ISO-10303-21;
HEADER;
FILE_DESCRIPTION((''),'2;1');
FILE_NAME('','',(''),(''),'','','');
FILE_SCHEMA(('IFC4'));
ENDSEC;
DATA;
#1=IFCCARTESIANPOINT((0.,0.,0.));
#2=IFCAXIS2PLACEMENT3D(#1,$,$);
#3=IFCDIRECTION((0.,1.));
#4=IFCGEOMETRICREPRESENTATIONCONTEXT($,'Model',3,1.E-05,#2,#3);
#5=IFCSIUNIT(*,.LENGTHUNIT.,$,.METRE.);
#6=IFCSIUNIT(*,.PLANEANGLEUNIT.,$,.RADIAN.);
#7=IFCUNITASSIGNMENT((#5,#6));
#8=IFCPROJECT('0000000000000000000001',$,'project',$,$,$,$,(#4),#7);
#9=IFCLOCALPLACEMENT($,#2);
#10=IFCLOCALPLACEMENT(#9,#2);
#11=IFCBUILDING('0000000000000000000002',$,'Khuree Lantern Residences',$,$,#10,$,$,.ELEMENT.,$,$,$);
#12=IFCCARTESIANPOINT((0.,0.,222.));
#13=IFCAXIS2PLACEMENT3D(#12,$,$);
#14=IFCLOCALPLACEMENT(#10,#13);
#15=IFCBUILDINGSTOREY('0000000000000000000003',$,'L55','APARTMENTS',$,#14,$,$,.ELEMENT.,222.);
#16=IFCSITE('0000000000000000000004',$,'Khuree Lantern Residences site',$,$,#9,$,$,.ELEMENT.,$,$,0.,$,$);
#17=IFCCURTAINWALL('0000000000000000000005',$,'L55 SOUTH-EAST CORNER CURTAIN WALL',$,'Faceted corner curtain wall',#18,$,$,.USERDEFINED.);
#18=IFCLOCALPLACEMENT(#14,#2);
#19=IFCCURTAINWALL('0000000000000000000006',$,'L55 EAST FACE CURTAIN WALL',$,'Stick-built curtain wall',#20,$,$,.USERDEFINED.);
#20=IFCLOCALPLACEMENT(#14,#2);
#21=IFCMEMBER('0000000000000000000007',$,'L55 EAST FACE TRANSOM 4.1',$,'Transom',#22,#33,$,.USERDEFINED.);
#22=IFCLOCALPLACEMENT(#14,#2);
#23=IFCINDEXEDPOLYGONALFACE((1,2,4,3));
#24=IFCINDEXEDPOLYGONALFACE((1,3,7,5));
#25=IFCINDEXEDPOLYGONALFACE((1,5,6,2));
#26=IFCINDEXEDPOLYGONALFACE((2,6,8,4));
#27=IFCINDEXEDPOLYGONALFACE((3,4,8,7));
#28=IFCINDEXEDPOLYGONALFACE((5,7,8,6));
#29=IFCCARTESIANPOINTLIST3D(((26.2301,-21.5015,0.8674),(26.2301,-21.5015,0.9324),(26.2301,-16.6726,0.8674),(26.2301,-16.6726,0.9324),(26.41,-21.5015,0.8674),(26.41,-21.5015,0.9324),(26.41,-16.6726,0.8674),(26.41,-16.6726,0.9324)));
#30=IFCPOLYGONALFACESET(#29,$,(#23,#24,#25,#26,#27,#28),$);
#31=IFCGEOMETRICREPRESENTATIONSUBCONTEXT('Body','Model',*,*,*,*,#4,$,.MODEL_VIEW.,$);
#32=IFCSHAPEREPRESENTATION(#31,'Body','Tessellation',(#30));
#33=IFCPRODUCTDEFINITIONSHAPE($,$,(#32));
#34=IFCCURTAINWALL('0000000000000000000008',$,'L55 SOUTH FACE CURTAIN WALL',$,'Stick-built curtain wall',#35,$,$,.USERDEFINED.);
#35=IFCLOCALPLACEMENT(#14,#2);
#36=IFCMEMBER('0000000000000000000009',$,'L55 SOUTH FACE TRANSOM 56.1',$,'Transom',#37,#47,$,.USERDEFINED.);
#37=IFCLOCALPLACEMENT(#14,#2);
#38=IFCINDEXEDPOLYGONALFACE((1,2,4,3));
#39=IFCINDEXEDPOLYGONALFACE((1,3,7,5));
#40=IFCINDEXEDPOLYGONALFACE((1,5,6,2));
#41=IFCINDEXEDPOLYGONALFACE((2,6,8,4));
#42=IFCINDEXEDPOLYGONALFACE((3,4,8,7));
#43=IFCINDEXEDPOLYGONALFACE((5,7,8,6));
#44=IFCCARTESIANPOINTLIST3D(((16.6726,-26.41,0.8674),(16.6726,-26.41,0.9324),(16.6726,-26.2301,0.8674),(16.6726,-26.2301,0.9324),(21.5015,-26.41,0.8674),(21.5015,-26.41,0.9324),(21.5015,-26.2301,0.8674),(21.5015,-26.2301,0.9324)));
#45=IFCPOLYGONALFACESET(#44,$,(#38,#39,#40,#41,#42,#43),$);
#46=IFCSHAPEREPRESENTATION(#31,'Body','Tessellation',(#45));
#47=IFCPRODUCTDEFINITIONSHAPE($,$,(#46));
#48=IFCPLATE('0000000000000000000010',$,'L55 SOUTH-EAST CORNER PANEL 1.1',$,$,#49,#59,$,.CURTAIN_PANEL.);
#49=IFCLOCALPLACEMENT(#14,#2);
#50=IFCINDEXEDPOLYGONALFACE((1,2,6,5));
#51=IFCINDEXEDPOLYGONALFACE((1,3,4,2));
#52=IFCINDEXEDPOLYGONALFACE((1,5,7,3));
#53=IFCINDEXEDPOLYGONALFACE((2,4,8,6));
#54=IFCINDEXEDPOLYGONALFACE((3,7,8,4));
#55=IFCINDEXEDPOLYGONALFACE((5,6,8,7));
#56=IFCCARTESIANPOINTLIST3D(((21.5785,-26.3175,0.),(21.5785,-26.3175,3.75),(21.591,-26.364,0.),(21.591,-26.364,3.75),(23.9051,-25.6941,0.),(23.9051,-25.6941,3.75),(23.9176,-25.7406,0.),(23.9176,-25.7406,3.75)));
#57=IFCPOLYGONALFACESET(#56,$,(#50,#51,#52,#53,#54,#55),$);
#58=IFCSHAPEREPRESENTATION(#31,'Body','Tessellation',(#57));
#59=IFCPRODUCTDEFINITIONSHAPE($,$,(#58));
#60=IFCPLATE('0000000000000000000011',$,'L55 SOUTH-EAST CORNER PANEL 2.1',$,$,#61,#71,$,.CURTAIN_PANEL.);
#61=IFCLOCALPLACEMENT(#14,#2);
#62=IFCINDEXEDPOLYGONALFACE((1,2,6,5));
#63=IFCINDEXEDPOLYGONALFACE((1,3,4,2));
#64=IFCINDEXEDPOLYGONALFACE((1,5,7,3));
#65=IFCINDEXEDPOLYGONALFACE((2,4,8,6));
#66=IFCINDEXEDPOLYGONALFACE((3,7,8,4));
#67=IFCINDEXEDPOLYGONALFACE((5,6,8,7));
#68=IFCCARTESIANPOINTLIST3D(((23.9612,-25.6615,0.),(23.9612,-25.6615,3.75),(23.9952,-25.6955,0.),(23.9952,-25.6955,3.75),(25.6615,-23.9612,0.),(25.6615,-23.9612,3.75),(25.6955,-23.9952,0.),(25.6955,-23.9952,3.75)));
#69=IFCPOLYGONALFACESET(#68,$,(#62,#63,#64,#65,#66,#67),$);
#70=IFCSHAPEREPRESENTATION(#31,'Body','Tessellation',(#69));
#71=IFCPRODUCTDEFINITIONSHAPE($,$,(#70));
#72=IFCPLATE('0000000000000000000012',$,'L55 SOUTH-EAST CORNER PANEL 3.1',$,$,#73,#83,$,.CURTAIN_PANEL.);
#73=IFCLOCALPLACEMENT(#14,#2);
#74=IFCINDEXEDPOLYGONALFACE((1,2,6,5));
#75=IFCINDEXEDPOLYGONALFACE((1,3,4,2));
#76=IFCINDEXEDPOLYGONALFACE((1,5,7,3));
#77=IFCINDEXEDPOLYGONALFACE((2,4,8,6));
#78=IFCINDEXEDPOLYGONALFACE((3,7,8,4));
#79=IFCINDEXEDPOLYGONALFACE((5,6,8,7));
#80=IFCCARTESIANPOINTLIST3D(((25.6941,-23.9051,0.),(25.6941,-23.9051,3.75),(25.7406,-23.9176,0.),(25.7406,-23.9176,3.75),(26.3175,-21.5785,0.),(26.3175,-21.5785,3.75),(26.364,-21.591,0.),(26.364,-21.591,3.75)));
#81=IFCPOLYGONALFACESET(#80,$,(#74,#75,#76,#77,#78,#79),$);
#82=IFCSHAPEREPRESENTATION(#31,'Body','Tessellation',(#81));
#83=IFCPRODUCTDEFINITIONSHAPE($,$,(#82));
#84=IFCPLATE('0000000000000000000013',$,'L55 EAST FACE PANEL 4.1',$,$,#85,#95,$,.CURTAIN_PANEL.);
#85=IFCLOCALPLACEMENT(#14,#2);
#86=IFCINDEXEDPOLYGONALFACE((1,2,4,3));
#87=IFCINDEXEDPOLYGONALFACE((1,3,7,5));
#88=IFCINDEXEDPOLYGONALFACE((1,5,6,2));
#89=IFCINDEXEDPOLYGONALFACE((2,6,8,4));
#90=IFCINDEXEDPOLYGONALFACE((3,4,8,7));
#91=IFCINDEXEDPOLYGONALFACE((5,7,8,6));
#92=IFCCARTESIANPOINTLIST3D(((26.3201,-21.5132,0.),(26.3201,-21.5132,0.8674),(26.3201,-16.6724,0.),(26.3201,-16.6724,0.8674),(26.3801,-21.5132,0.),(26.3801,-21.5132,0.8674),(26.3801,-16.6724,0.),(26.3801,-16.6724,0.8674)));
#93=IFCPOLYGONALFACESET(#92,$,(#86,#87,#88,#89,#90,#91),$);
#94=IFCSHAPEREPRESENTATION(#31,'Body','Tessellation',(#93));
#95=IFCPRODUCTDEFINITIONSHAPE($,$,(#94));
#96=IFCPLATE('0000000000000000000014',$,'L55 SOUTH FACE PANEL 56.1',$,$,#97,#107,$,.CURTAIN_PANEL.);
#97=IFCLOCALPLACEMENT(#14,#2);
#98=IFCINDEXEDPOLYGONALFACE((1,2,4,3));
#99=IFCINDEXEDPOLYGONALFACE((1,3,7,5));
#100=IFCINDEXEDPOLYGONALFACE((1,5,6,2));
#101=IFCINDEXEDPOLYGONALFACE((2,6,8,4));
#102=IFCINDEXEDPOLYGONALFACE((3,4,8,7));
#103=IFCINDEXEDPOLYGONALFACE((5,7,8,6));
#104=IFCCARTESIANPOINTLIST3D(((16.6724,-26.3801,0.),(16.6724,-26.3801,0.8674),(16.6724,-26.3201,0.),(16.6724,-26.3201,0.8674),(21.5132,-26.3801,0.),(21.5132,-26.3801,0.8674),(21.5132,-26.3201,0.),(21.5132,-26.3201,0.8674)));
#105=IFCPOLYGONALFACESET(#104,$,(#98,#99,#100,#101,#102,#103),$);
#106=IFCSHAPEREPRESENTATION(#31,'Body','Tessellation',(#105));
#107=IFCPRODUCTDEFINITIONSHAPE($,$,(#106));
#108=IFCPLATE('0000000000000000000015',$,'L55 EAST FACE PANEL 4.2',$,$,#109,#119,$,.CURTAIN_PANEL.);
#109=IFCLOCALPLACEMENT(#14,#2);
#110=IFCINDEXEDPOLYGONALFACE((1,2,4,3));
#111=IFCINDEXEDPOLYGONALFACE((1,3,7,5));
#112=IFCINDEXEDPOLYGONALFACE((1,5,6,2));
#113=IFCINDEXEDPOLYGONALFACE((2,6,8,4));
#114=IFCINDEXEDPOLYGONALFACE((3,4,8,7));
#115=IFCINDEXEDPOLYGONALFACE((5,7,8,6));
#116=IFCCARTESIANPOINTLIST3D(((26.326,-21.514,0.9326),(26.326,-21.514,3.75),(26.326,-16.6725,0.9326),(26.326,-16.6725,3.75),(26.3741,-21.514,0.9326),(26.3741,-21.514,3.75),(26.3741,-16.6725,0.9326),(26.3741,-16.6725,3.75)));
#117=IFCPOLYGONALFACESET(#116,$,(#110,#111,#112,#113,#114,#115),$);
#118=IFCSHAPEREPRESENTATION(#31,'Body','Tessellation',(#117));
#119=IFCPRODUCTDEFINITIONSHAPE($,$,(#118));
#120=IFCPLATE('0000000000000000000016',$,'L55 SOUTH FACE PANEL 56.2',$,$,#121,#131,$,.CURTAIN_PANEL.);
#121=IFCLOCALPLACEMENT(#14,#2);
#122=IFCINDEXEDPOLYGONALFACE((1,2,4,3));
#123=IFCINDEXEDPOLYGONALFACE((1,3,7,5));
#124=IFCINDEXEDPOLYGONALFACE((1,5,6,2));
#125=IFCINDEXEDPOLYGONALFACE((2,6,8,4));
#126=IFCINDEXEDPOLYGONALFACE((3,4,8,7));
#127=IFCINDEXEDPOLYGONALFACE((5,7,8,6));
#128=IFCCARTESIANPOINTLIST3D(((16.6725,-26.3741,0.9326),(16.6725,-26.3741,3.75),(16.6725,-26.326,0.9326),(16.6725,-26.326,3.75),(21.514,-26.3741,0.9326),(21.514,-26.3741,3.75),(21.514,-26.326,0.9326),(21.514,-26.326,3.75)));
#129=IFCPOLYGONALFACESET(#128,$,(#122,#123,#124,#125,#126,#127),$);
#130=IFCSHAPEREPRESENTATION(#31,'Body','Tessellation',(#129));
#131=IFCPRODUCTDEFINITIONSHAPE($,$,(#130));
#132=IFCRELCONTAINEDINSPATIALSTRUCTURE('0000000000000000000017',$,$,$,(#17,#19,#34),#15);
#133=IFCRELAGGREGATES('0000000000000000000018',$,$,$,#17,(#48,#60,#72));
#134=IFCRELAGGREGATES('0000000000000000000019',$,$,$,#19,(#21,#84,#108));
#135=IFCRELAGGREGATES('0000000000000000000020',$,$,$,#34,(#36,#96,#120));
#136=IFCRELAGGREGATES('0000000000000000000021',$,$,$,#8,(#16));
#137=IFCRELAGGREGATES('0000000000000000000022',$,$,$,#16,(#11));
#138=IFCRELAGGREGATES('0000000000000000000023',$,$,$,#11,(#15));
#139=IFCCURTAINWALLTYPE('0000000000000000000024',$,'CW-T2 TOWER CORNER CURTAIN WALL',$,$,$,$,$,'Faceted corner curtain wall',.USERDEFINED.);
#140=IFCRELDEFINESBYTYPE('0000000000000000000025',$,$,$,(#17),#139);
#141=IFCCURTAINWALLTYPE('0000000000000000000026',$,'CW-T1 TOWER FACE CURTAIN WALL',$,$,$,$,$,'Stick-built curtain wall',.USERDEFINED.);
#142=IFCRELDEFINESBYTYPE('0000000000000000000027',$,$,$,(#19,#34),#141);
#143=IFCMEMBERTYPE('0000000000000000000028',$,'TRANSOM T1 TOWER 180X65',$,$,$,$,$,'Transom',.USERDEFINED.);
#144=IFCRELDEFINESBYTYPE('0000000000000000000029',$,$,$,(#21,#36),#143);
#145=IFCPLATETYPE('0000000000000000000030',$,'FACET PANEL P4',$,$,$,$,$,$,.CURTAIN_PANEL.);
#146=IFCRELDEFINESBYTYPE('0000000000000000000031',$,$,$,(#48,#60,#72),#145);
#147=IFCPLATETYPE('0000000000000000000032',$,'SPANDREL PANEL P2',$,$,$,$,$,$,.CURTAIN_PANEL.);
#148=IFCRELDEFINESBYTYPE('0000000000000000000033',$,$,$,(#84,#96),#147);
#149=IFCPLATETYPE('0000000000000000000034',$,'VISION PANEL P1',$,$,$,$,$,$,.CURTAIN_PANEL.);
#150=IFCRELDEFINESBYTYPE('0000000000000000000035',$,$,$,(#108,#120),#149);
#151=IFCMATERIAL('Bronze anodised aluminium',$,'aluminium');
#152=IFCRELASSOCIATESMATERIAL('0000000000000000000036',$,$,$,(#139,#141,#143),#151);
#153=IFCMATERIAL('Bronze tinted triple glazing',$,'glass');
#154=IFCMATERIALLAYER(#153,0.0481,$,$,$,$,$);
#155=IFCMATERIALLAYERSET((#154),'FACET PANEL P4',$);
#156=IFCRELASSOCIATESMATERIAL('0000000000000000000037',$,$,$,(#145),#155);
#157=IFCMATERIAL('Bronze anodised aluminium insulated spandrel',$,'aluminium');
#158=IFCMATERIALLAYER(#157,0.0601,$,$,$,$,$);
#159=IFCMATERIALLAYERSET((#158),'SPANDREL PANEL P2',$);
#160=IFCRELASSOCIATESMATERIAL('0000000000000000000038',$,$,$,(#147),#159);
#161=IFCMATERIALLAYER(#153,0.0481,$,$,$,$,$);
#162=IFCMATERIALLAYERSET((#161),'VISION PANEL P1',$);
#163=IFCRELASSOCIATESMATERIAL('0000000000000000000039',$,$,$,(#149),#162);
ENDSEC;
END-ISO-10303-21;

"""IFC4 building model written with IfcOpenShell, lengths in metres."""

from ifc_helpers import new_model, si_unit, direction, frame, origin, origin_2d, place, context, subcontext, project, spatial, rectangle, extrude, material, layer, layer_set, material_profile, profile_set, type_object, element, aggregate, save


model = new_model("IFC4")

# Units and contexts
model_context = context("Model", 3, precision=1e-05, world=origin(), true_north=direction((0.0, 1.0)))
body_context = subcontext(model_context, "Body", "Model", "MODEL_VIEW")
ifc_project = project(units=[si_unit("LENGTHUNIT", "METRE"), si_unit("PLANEANGLEUNIT", "RADIAN")], contexts=[model_context])

# Site, building, storey
site_placement = place(None, origin())
site = spatial("IfcSite", under=ifc_project, at=site_placement, Name="Khuree Lantern Residences site", CompositionType="ELEMENT", RefElevation=0.0)
building_placement = place(site_placement, origin())
building = spatial("IfcBuilding", under=site, at=building_placement, Name="Khuree Lantern Residences", CompositionType="ELEMENT")
storey_placement = place(building_placement, frame((0.0, 0.0, 222.0)))
storey = spatial("IfcBuildingStorey", under=building, at=storey_placement, Name="L55", Description="APARTMENTS", CompositionType="ELEMENT", Elevation=222.0)

# Curtain wall
ifc_material_1 = material(Name="Bronze anodised aluminium", Category="aluminium")
curtain_wall_type_1 = type_object("IfcCurtainWallType", Name="CW-T2 TOWER CORNER CURTAIN WALL", ElementType="Faceted corner curtain wall", PredefinedType="USERDEFINED", material=ifc_material_1)
curtain_wall_1_placement = place(storey_placement, origin())
curtain_wall_1 = element("IfcCurtainWall", 1, at=curtain_wall_1_placement, inside=storey, type_object=curtain_wall_type_1, Name="L55 SOUTH-EAST CORNER CURTAIN WALL", ObjectType="Faceted corner curtain wall", PredefinedType="USERDEFINED")

# Curtain wall, member
curtain_wall_type_2 = type_object("IfcCurtainWallType", Name="CW-T1 TOWER FACE CURTAIN WALL", ElementType="Stick-built curtain wall", PredefinedType="USERDEFINED", material=ifc_material_1)
curtain_wall_2_placement = place(storey_placement, origin())
curtain_wall_2 = element("IfcCurtainWall", 2, at=curtain_wall_2_placement, inside=storey, type_object=curtain_wall_type_2, Name="L55 EAST FACE CURTAIN WALL", ObjectType="Stick-built curtain wall", PredefinedType="USERDEFINED")
ifc_material_profile_1 = material_profile(ifc_material_1, rectangle(XDim=0.1799, YDim=0.0649, at=origin_2d()), Name="T1 180X65")
ifc_profile_set_1 = profile_set([ifc_material_profile_1], Name="Bronze anodised aluminium")
member_type_1 = type_object("IfcMemberType", Name="TRANSOM T1 TOWER 180X65", ElementType="Transom", PredefinedType="USERDEFINED", material=ifc_profile_set_1)
member_1_placement = place(storey_placement, frame((26.3201, -21.5015, 0.8999), z_axis=(0.0, 1.0, 0.0), x_axis=(-1.0, 0.0, 0.0)))
member_1 = element("IfcMember", 3, at=member_1_placement, type_object=member_type_1, Name="L55 EAST FACE TRANSOM 4.1", ObjectType="Transom", PredefinedType="USERDEFINED", context=body_context, shape_type="SweptSolid", body=[
    extrude(rectangle(XDim=0.1799, YDim=0.0649, at=origin_2d()), origin(), (0.0, 0.0, 1.0), 4.8289),
])

# Curtain wall, member
curtain_wall_3_placement = place(storey_placement, origin())
curtain_wall_3 = element("IfcCurtainWall", 4, at=curtain_wall_3_placement, inside=storey, type_object=curtain_wall_type_2, Name="L55 SOUTH FACE CURTAIN WALL", ObjectType="Stick-built curtain wall", PredefinedType="USERDEFINED")
member_2_placement = place(storey_placement, frame((16.6726, -26.3201, 0.8999), z_axis=(1.0, 0.0, 0.0), x_axis=(0.0, 1.0, 0.0)))
member_2 = element("IfcMember", 5, at=member_2_placement, type_object=member_type_1, Name="L55 SOUTH FACE TRANSOM 56.1", ObjectType="Transom", PredefinedType="USERDEFINED", context=body_context, shape_type="SweptSolid", body=[
    extrude(rectangle(XDim=0.1799, YDim=0.0649, at=origin_2d()), origin(), (0.0, 0.0, 1.0), 4.8289),
])

# Plates
ifc_material_2 = material(Name="Bronze tinted triple glazing", Category="glass")
ifc_layer_1 = layer(ifc_material_2, 0.0481)
ifc_layer_set_1 = layer_set([ifc_layer_1], Name="FACET PANEL P4")
plate_type_1 = type_object("IfcPlateType", Name="FACET PANEL P4", PredefinedType="CURTAIN_PANEL", material=ifc_layer_set_1)
plate_1_placement = place(storey_placement, frame((22.748, -26.0291, 0.0), z_axis=(0.0, 0.0, 1.0), x_axis=(0.965926, 0.258819, 0.0)))
plate_1 = element("IfcPlate", 6, at=plate_1_placement, type_object=plate_type_1, Name="L55 SOUTH-EAST CORNER PANEL 1.1", PredefinedType="CURTAIN_PANEL", context=body_context, shape_type="SweptSolid", body=[
    extrude(rectangle(XDim=2.4087, YDim=0.0481, at=origin_2d()), origin(), (0.0, 0.0, 1.0), 3.75),
])
plate_2_placement = place(storey_placement, frame((24.8284, -24.8284, 0.0), z_axis=(0.0, 0.0, 1.0), x_axis=(0.707107, 0.707107, 0.0)))
plate_2 = element("IfcPlate", 7, at=plate_2_placement, type_object=plate_type_1, Name="L55 SOUTH-EAST CORNER PANEL 2.1", PredefinedType="CURTAIN_PANEL", context=body_context, shape_type="SweptSolid", body=[
    extrude(rectangle(XDim=2.4045, YDim=0.0481, at=origin_2d()), origin(), (0.0, 0.0, 1.0), 3.75),
])
plate_3_placement = place(storey_placement, frame((26.0291, -22.748, 0.0), z_axis=(0.0, 0.0, 1.0), x_axis=(0.258819, 0.965926, 0.0)))
plate_3 = element("IfcPlate", 8, at=plate_3_placement, type_object=plate_type_1, Name="L55 SOUTH-EAST CORNER PANEL 3.1", PredefinedType="CURTAIN_PANEL", context=body_context, shape_type="SweptSolid", body=[
    extrude(rectangle(XDim=2.4087, YDim=0.0481, at=origin_2d()), origin(), (0.0, 0.0, 1.0), 3.75),
])
aggregate(curtain_wall_1, [plate_1, plate_2, plate_3])
ifc_material_3 = material(Name="Bronze anodised aluminium insulated spandrel", Category="aluminium")
ifc_layer_2 = layer(ifc_material_3, 0.0601)
ifc_layer_set_2 = layer_set([ifc_layer_2], Name="SPANDREL PANEL P2")
plate_type_2 = type_object("IfcPlateType", Name="SPANDREL PANEL P2", PredefinedType="CURTAIN_PANEL", material=ifc_layer_set_2)
plate_4_placement = place(storey_placement, frame((26.3501, -19.0928, 0.0), z_axis=(0.0, 0.0, 1.0), x_axis=(0.0, 1.0, 0.0)))
plate_4 = element("IfcPlate", 9, at=plate_4_placement, type_object=plate_type_2, Name="L55 EAST FACE PANEL 4.1", PredefinedType="CURTAIN_PANEL", context=body_context, shape_type="SweptSolid", body=[
    extrude(rectangle(XDim=4.8408, YDim=0.0601, at=origin_2d()), origin(), (0.0, 0.0, 1.0), 0.8674),
])
plate_5_placement = place(storey_placement, frame((19.0928, -26.3501, 0.0), z_axis=(0.0, 0.0, 1.0), x_axis=(1.0, 0.0, 0.0)))
plate_5 = element("IfcPlate", 10, at=plate_5_placement, type_object=plate_type_2, Name="L55 SOUTH FACE PANEL 56.1", PredefinedType="CURTAIN_PANEL", context=body_context, shape_type="SweptSolid", body=[
    extrude(rectangle(XDim=4.8408, YDim=0.0601, at=origin_2d()), origin(), (0.0, 0.0, 1.0), 0.8674),
])
ifc_layer_3 = layer(ifc_material_2, 0.0481)
ifc_layer_set_3 = layer_set([ifc_layer_3], Name="VISION PANEL P1")
plate_type_3 = type_object("IfcPlateType", Name="VISION PANEL P1", PredefinedType="CURTAIN_PANEL", material=ifc_layer_set_3)
plate_6_placement = place(storey_placement, frame((26.3501, -19.0933, 0.9326), z_axis=(0.0, 0.0, 1.0), x_axis=(0.0, 1.0, 0.0)))
plate_6 = element("IfcPlate", 11, at=plate_6_placement, type_object=plate_type_3, Name="L55 EAST FACE PANEL 4.2", PredefinedType="CURTAIN_PANEL", context=body_context, shape_type="SweptSolid", body=[
    extrude(rectangle(XDim=4.8416, YDim=0.0481, at=origin_2d()), origin(), (0.0, 0.0, 1.0), 2.8174),
])
aggregate(curtain_wall_2, [member_1, plate_4, plate_6])
plate_7_placement = place(storey_placement, frame((19.0933, -26.3501, 0.9326), z_axis=(0.0, 0.0, 1.0), x_axis=(1.0, 0.0, 0.0)))
plate_7 = element("IfcPlate", 12, at=plate_7_placement, type_object=plate_type_3, Name="L55 SOUTH FACE PANEL 56.2", PredefinedType="CURTAIN_PANEL", context=body_context, shape_type="SweptSolid", body=[
    extrude(rectangle(XDim=4.8416, YDim=0.0481, at=origin_2d()), origin(), (0.0, 0.0, 1.0), 2.8174),
])
aggregate(curtain_wall_3, [member_2, plate_5, plate_7])

save(model, "model.ifc")
